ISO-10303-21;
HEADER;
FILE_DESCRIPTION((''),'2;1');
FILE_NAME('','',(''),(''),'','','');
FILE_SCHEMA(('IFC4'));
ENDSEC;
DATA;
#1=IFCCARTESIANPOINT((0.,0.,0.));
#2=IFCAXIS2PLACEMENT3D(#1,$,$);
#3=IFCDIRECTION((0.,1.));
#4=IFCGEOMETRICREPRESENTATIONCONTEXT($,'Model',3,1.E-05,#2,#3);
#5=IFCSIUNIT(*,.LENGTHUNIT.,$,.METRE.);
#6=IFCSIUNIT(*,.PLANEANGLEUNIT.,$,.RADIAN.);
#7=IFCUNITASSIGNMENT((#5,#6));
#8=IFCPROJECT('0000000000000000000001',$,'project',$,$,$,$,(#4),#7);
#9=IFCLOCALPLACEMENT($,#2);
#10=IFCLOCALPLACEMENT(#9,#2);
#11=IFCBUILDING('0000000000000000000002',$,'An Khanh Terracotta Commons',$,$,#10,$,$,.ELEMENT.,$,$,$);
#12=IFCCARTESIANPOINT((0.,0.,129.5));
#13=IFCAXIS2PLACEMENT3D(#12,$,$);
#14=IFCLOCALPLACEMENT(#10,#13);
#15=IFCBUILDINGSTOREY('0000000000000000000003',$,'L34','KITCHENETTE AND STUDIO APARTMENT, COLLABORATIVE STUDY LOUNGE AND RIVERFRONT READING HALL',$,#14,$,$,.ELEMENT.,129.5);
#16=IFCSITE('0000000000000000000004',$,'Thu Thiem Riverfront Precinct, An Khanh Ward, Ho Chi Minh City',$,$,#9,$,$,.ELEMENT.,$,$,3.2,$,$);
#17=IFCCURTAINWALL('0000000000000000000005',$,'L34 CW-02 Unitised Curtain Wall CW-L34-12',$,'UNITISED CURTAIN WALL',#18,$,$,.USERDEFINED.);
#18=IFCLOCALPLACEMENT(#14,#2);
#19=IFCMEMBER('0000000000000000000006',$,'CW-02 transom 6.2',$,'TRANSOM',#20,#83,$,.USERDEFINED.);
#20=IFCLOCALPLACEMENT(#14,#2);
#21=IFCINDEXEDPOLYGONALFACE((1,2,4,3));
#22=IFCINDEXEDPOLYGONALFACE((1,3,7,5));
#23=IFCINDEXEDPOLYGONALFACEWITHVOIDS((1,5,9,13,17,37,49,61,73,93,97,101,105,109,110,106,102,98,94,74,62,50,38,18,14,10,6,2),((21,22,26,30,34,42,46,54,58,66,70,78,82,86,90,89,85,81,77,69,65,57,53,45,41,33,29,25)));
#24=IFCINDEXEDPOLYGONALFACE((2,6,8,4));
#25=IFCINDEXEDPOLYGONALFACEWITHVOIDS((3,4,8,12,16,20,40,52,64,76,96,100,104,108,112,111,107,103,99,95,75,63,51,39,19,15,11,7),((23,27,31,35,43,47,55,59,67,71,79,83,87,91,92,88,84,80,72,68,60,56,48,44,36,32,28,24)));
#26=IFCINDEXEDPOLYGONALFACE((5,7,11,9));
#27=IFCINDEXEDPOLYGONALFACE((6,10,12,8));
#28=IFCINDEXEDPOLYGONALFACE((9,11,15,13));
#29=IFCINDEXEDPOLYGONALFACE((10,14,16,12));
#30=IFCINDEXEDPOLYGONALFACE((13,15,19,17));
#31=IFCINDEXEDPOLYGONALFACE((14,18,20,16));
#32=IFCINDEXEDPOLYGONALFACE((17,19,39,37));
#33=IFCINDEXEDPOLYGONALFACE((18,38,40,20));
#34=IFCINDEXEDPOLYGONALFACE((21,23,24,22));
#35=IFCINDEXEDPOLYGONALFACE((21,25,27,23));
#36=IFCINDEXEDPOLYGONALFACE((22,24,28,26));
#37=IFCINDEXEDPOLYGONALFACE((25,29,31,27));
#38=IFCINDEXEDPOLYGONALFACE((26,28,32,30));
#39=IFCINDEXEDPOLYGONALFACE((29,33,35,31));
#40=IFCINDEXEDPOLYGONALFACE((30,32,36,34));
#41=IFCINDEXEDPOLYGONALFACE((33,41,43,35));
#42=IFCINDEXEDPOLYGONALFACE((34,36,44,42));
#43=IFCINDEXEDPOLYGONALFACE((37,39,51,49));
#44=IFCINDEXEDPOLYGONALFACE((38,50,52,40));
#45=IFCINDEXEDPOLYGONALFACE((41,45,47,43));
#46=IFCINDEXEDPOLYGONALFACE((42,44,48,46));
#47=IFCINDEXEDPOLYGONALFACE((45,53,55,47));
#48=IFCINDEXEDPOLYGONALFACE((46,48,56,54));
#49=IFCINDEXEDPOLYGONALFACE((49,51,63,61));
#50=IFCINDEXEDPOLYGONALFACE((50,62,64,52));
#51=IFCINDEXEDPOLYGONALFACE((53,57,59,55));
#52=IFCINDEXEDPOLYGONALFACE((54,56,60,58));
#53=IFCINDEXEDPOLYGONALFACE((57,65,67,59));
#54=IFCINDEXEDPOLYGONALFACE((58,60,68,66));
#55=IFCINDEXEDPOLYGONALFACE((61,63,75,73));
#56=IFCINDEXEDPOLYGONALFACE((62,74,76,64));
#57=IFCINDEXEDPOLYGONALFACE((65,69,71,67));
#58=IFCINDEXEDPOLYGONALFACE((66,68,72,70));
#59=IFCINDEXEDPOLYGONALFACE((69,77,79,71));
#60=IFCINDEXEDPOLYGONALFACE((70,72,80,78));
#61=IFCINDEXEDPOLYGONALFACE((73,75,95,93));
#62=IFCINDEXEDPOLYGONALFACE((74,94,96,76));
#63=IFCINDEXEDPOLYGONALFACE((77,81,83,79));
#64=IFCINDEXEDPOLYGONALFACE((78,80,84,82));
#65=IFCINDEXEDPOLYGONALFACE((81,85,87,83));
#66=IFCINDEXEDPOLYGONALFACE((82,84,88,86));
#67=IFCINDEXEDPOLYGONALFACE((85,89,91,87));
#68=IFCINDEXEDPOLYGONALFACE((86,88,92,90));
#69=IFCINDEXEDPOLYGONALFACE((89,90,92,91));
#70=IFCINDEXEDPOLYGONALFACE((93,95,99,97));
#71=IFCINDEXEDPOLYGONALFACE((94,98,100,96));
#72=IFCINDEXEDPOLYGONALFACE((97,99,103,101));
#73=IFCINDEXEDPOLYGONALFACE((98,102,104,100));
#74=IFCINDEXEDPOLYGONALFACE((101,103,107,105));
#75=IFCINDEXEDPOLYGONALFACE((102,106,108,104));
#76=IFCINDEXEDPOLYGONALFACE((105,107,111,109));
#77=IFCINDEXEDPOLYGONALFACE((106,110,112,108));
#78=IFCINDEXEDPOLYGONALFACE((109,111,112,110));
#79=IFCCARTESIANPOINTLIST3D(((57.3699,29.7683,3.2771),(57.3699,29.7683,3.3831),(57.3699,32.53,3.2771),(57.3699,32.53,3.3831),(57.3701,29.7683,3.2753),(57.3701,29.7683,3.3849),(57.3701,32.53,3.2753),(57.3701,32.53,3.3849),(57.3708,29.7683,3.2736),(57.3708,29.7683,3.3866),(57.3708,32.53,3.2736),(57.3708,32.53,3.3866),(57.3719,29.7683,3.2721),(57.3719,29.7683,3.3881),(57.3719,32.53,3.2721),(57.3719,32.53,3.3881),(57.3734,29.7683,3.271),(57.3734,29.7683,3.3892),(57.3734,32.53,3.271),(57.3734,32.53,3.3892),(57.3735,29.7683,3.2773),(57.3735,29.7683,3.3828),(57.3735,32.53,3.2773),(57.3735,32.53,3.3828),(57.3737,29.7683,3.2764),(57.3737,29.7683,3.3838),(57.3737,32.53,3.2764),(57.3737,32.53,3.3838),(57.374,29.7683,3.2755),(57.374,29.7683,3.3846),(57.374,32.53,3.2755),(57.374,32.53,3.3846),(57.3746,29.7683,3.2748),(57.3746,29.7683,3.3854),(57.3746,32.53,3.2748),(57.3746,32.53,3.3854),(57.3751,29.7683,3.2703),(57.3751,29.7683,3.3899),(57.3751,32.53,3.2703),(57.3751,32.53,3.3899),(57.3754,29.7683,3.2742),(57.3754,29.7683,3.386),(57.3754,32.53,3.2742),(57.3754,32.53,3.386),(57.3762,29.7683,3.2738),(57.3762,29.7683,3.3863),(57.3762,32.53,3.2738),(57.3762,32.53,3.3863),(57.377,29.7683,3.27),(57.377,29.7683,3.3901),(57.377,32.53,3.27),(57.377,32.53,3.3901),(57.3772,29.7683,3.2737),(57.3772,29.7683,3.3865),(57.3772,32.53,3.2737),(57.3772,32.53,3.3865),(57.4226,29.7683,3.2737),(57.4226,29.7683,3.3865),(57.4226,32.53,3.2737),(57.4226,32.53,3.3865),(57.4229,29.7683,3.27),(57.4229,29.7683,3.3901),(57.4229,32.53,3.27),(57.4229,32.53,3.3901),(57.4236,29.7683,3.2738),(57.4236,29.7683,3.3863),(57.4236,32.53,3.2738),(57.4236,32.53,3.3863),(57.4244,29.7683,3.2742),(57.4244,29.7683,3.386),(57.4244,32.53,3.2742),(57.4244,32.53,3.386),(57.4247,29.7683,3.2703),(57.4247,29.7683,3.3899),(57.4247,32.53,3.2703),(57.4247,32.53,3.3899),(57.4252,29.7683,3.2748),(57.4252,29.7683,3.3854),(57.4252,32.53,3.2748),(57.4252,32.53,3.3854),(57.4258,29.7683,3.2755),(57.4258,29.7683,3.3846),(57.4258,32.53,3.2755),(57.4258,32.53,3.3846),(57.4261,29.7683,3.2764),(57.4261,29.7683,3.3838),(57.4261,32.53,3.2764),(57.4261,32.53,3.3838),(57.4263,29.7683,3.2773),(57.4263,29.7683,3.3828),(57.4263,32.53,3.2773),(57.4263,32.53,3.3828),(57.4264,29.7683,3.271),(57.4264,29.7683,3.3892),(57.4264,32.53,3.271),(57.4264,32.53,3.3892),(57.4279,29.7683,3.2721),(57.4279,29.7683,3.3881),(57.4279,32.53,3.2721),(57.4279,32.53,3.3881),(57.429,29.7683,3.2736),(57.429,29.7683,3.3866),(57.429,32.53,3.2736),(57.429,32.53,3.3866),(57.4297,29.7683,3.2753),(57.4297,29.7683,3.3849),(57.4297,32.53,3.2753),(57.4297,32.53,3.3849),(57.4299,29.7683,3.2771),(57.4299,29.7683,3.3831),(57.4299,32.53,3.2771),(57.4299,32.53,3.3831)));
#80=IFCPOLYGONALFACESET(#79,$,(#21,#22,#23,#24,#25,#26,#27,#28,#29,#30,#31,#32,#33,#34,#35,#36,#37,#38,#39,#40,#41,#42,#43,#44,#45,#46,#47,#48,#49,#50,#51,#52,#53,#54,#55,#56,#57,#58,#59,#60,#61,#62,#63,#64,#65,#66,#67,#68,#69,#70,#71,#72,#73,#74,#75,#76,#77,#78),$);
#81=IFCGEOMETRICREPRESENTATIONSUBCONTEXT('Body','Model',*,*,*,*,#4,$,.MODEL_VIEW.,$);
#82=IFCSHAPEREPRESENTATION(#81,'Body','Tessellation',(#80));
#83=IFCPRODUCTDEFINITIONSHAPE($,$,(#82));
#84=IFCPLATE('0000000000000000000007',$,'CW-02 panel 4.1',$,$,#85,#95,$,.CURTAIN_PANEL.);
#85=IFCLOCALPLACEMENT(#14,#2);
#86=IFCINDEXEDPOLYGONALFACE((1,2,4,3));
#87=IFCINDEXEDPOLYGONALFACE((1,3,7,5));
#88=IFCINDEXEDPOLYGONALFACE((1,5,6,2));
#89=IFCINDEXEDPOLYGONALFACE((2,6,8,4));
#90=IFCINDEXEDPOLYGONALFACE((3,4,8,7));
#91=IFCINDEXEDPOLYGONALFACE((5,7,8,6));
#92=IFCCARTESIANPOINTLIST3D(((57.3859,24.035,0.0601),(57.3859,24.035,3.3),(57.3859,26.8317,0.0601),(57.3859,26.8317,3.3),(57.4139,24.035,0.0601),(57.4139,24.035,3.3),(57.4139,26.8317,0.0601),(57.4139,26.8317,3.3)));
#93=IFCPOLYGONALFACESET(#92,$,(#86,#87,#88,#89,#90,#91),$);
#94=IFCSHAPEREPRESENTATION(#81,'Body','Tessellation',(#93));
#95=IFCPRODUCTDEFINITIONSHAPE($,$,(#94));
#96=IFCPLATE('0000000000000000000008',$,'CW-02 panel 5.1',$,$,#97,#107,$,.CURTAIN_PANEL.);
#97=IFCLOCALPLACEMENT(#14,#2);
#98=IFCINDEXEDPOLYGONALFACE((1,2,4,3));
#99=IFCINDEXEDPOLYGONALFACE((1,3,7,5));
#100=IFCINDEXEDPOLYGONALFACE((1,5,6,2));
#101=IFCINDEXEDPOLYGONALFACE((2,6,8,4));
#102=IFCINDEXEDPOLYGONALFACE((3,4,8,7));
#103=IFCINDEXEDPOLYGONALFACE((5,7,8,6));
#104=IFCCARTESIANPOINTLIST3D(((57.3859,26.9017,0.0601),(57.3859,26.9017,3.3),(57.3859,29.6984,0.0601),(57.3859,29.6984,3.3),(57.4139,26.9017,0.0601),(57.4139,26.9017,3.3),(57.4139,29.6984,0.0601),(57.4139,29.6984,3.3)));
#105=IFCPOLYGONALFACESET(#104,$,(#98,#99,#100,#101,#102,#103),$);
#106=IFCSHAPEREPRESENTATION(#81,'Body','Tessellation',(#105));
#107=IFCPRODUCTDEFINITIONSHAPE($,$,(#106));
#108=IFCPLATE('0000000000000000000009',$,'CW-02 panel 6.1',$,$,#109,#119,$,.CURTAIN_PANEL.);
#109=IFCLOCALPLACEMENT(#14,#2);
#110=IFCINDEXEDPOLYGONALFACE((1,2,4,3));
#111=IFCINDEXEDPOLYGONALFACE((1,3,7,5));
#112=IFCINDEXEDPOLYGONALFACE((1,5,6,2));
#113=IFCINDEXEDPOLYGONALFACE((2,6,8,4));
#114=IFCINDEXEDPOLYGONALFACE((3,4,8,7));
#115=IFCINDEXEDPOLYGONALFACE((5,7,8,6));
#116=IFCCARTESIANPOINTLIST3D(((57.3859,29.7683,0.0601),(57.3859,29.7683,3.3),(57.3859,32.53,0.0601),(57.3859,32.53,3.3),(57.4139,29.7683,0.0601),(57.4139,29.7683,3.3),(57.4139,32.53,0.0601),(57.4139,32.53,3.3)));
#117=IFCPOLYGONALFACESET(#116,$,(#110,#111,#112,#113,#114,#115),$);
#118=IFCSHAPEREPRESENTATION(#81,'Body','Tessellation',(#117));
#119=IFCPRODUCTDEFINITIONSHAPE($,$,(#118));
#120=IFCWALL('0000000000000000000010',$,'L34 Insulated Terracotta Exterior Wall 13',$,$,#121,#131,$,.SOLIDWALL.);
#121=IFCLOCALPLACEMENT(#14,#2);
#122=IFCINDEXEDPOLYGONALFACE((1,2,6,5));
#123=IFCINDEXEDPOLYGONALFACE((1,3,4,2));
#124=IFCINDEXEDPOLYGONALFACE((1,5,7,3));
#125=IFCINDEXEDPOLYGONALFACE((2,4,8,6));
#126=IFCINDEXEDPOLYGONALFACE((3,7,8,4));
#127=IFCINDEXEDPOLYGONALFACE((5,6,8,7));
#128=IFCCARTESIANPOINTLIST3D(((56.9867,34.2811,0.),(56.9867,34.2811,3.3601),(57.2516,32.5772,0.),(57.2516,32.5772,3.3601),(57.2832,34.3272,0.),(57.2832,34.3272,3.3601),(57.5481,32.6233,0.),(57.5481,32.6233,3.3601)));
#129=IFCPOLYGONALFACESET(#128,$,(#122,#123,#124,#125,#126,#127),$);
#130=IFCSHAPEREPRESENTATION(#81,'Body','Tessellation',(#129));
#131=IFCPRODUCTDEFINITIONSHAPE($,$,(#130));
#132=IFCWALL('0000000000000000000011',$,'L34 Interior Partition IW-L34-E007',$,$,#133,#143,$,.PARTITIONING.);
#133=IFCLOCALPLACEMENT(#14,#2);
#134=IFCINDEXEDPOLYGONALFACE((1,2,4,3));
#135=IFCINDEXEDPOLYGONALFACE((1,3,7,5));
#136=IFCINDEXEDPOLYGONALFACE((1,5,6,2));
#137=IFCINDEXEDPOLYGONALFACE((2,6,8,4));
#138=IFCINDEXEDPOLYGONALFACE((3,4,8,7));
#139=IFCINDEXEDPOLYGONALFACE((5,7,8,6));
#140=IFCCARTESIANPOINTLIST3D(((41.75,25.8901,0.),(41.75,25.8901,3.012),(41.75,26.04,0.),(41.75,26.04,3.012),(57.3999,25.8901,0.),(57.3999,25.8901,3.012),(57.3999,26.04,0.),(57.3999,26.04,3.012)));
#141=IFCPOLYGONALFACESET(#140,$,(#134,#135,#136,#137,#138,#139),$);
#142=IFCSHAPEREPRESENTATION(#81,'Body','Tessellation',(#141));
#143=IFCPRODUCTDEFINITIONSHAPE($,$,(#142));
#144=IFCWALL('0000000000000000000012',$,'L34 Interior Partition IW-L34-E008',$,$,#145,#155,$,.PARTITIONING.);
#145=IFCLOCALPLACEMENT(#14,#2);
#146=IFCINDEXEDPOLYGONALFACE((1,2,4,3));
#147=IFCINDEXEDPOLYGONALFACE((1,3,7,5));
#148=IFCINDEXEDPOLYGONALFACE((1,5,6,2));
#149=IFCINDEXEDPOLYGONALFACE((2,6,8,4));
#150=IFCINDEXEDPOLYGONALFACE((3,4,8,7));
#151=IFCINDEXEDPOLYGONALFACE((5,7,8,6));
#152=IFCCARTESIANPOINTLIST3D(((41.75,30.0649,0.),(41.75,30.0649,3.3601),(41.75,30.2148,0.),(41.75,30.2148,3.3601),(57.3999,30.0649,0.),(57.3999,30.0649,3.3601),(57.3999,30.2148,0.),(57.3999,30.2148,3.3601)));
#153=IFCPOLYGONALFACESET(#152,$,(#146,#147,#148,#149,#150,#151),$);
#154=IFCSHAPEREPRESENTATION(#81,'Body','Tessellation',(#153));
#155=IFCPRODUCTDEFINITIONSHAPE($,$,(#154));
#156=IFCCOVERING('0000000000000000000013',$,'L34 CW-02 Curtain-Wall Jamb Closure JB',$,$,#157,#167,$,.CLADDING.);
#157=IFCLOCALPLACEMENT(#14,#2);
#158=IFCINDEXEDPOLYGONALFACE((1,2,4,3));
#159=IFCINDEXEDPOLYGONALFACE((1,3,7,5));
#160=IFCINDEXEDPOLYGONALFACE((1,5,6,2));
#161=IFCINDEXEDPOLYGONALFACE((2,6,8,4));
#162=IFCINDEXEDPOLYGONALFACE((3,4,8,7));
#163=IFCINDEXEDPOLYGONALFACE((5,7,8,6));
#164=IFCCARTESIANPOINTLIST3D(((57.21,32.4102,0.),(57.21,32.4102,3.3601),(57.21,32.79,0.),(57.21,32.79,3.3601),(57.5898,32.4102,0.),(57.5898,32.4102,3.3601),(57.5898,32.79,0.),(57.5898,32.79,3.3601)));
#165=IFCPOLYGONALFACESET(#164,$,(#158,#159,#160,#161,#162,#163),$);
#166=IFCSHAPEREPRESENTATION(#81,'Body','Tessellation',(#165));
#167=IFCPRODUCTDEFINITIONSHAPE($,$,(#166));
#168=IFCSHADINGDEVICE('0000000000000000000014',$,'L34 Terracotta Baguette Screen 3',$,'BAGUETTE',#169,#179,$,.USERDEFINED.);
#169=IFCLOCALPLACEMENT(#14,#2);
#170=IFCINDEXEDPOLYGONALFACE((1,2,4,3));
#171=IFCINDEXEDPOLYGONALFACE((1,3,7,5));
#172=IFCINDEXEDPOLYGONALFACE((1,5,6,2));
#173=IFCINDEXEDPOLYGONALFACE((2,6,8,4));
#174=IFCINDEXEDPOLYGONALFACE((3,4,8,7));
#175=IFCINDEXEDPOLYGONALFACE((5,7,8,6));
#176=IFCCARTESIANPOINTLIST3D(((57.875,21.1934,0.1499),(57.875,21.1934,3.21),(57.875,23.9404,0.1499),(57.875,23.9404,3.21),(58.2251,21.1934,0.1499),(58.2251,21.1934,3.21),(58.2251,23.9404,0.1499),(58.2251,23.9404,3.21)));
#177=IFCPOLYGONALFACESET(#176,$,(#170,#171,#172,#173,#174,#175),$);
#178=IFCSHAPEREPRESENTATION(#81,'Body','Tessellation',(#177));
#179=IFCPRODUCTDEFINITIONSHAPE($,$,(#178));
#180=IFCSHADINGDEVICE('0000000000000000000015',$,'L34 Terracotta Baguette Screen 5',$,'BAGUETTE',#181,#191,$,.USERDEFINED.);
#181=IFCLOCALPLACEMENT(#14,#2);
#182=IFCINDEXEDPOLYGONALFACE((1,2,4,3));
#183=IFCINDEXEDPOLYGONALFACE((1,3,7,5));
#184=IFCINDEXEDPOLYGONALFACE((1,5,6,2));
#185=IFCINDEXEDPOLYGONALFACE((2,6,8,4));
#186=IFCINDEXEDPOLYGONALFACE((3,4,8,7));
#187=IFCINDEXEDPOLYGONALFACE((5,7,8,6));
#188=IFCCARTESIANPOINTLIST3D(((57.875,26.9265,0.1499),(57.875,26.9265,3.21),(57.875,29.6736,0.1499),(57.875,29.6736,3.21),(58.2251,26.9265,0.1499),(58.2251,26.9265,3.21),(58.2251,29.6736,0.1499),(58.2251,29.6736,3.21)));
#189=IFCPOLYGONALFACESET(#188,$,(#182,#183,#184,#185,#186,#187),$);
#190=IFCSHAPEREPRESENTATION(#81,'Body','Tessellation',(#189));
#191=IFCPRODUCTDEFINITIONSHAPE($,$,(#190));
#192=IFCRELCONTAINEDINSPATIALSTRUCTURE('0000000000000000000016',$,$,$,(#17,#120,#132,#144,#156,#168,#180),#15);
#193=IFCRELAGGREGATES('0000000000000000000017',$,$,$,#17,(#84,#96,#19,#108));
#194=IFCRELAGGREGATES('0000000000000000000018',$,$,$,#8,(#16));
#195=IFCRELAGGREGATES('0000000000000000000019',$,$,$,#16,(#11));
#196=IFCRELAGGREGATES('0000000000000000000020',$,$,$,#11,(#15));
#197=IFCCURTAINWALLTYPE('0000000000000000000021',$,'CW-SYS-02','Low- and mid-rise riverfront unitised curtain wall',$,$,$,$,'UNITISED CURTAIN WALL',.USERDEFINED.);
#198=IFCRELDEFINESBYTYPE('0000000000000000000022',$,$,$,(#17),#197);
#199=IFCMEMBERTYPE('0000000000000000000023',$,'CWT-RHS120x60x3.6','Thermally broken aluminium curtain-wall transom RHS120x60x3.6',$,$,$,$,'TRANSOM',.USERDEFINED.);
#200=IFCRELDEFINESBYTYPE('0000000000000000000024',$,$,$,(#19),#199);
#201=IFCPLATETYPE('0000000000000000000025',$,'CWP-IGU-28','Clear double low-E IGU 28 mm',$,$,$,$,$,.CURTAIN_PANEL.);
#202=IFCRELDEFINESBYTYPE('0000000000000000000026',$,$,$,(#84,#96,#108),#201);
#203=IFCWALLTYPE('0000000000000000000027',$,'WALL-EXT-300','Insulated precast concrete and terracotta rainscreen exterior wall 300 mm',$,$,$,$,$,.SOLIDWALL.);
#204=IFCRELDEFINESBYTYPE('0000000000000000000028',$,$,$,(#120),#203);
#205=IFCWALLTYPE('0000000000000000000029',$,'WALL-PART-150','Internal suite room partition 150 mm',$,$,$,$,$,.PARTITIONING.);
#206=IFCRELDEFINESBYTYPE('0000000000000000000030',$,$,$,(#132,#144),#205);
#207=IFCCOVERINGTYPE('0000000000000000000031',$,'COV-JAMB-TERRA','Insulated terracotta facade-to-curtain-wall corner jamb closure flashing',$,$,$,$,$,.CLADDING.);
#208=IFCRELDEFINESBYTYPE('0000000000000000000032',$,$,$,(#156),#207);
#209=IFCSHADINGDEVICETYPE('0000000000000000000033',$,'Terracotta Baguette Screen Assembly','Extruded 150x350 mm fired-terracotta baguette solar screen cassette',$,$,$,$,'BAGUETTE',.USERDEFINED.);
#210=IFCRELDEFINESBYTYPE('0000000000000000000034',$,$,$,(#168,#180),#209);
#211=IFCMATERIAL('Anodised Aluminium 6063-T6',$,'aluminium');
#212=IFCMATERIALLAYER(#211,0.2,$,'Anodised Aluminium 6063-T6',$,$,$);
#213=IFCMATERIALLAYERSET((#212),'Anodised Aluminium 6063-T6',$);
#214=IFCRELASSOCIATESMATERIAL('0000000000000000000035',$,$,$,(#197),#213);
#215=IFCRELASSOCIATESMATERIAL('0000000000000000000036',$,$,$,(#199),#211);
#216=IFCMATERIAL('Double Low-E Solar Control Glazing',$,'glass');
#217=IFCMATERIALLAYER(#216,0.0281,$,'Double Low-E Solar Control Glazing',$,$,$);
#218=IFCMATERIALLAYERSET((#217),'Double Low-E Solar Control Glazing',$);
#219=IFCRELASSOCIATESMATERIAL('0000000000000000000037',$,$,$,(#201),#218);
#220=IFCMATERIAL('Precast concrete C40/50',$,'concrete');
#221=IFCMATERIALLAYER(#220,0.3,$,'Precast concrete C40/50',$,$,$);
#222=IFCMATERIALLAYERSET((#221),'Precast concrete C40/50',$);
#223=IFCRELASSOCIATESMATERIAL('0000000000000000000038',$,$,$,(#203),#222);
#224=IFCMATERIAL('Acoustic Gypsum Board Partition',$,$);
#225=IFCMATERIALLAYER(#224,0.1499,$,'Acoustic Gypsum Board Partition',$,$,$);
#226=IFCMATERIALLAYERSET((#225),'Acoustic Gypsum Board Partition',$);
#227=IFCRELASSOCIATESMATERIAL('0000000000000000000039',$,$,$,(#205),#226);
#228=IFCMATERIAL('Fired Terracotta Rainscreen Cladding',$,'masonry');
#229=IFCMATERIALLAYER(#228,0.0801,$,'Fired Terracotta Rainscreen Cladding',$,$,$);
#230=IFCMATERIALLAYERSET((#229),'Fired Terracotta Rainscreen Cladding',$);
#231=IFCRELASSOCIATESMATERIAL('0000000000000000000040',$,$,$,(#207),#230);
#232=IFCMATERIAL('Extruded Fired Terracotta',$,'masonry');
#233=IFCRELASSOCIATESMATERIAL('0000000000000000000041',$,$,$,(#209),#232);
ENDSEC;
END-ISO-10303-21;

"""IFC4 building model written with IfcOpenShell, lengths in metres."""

from ifc_helpers import new_model, si_unit, direction, frame, frame_2d, origin, origin_2d, place, context, subcontext, project, spatial, rectangle, hollow_rectangle, extrude, material, layer, layer_set, material_profile, profile_set, type_object, element, aggregate, save


model = new_model("IFC4")

# Units and contexts
model_context = context("Model", 3, precision=1e-05, world=origin(), true_north=direction((0.0, 1.0)))
body_context = subcontext(model_context, "Body", "Model", "MODEL_VIEW")
ifc_project = project(units=[si_unit("LENGTHUNIT", "METRE"), si_unit("PLANEANGLEUNIT", "RADIAN")], contexts=[model_context])

# Site, building, storey
site_placement = place(None, origin())
site = spatial("IfcSite", under=ifc_project, at=site_placement, Name="Thu Thiem Riverfront Precinct, An Khanh Ward, Ho Chi Minh City", CompositionType="ELEMENT", RefElevation=3.2)
building_placement = place(site_placement, origin())
building = spatial("IfcBuilding", under=site, at=building_placement, Name="An Khanh Terracotta Commons", CompositionType="ELEMENT")
storey_placement = place(building_placement, frame((0.0, 0.0, 129.5)))
storey = spatial("IfcBuildingStorey", under=building, at=storey_placement, Name="L34", Description="KITCHENETTE AND STUDIO APARTMENT, COLLABORATIVE STUDY LOUNGE AND RIVERFRONT READING HALL", CompositionType="ELEMENT", Elevation=129.5)

# Curtain wall, member, plates
ifc_material_1 = material(Name="Anodised Aluminium 6063-T6", Category="aluminium")
ifc_layer_1 = layer(ifc_material_1, 0.2, Name="Anodised Aluminium 6063-T6")
ifc_layer_set_1 = layer_set([ifc_layer_1], Name="Anodised Aluminium 6063-T6")
curtain_wall_type = type_object("IfcCurtainWallType", Name="CW-SYS-02", Description="Low- and mid-rise riverfront unitised curtain wall", ElementType="UNITISED CURTAIN WALL", PredefinedType="USERDEFINED", material=ifc_layer_set_1)
curtain_wall_placement = place(storey_placement, origin())
curtain_wall = element("IfcCurtainWall", 1, at=curtain_wall_placement, inside=storey, type_object=curtain_wall_type, Name="L34 CW-02 Unitised Curtain Wall CW-L34-12", ObjectType="UNITISED CURTAIN WALL", PredefinedType="USERDEFINED")
ifc_material_profile_1 = material_profile(ifc_material_1, hollow_rectangle(XDim=0.0601, YDim=0.1201, WallThickness=0.0037, InnerFilletRadius=0.0037, OuterFilletRadius=0.0071, at=origin_2d()), Name="RHS120x60x3.6")
ifc_profile_set_1 = profile_set([ifc_material_profile_1], Name="Anodised Aluminium 6063-T6")
member_type_1 = type_object("IfcMemberType", Name="CWT-RHS120x60x3.6", Description="Thermally broken aluminium curtain-wall transom RHS120x60x3.6", ElementType="TRANSOM", PredefinedType="USERDEFINED", material=ifc_profile_set_1)
member_1_placement = place(storey_placement, frame((57.3999, 29.7683, 3.3301), z_axis=(0.0, 1.0, 0.0), x_axis=(-1.0, 0.0, 0.0)))
member_1 = element("IfcMember", 2, at=member_1_placement, type_object=member_type_1, Name="CW-02 transom 6.2", ObjectType="TRANSOM", PredefinedType="USERDEFINED", context=body_context, shape_type="SweptSolid", body=[
    extrude(hollow_rectangle(XDim=0.0601, YDim=0.1201, WallThickness=0.0037, InnerFilletRadius=0.0037, OuterFilletRadius=0.0071, at=origin_2d()), origin(), (0.0, 0.0, 1.0), 2.7617),
])
ifc_material_2 = material(Name="Double Low-E Solar Control Glazing", Category="glass")
ifc_layer_2 = layer(ifc_material_2, 0.0281, Name="Double Low-E Solar Control Glazing")
ifc_layer_set_2 = layer_set([ifc_layer_2], Name="Double Low-E Solar Control Glazing")
plate_type = type_object("IfcPlateType", Name="CWP-IGU-28", Description="Clear double low-E IGU 28 mm", PredefinedType="CURTAIN_PANEL", material=ifc_layer_set_2)
plate_1_placement = place(storey_placement, frame((57.3999, 25.4333, 0.0601), z_axis=(0.0, 0.0, 1.0), x_axis=(0.0, 1.0, 0.0)))
plate_1 = element("IfcPlate", 3, at=plate_1_placement, type_object=plate_type, Name="CW-02 panel 4.1", PredefinedType="CURTAIN_PANEL", context=body_context, shape_type="SweptSolid", body=[
    extrude(rectangle(XDim=2.7966, YDim=0.0281, at=origin_2d()), origin(), (0.0, 0.0, 1.0), 3.24),
])
plate_2_placement = place(storey_placement, frame((57.3999, 28.3, 0.0601), z_axis=(0.0, 0.0, 1.0), x_axis=(0.0, 1.0, 0.0)))
plate_2 = element("IfcPlate", 4, at=plate_2_placement, type_object=plate_type, Name="CW-02 panel 5.1", PredefinedType="CURTAIN_PANEL", context=body_context, shape_type="SweptSolid", body=[
    extrude(rectangle(XDim=2.7966, YDim=0.0281, at=origin_2d()), origin(), (0.0, 0.0, 1.0), 3.24),
])
plate_3_placement = place(storey_placement, frame((57.3999, 31.1492, 0.0601), z_axis=(0.0, 0.0, 1.0), x_axis=(0.0, 1.0, 0.0)))
plate_3 = element("IfcPlate", 5, at=plate_3_placement, type_object=plate_type, Name="CW-02 panel 6.1", PredefinedType="CURTAIN_PANEL", context=body_context, shape_type="SweptSolid", body=[
    extrude(rectangle(XDim=2.7617, YDim=0.0281, at=origin_2d()), origin(), (0.0, 0.0, 1.0), 3.24),
])
aggregate(curtain_wall, [plate_1, plate_2, member_1, plate_3])

# Walls
ifc_material_3 = material(Name="Precast concrete C40/50", Category="concrete")
ifc_layer_3 = layer(ifc_material_3, 0.3, Name="Precast concrete C40/50")
ifc_layer_set_3 = layer_set([ifc_layer_3], Name="Precast concrete C40/50")
wall_type_1 = type_object("IfcWallType", Name="WALL-EXT-300", Description="Insulated precast concrete and terracotta rainscreen exterior wall 300 mm", PredefinedType="SOLIDWALL", material=ifc_layer_set_3)
wall_1_placement = place(storey_placement, frame((57.3999, 32.6001, 0.0), z_axis=(0.0, 0.0, 1.0), x_axis=(-0.153621, 0.98813, 0.0)))
element("IfcWall", 6, at=wall_1_placement, inside=storey, type_object=wall_type_1, Name="L34 Insulated Terracotta Exterior Wall 13", PredefinedType="SOLIDWALL", context=body_context, shape_type="SweptSolid", body=[
    extrude(rectangle(XDim=1.7244, YDim=0.3, at=frame_2d((0.8623, 0.0))), origin(), (0.0, 0.0, 1.0), 3.3601),
])
ifc_material_4 = material(Name="Acoustic Gypsum Board Partition")
ifc_layer_4 = layer(ifc_material_4, 0.1499, Name="Acoustic Gypsum Board Partition")
ifc_layer_set_4 = layer_set([ifc_layer_4], Name="Acoustic Gypsum Board Partition")
wall_type_2 = type_object("IfcWallType", Name="WALL-PART-150", Description="Internal suite room partition 150 mm", PredefinedType="PARTITIONING", material=ifc_layer_set_4)
wall_2_placement = place(storey_placement, frame((41.75, 25.9651, 0.0), z_axis=(0.0, 0.0, 1.0), x_axis=(1.0, 0.0, 0.0)))
element("IfcWall", 7, at=wall_2_placement, inside=storey, type_object=wall_type_2, Name="L34 Interior Partition IW-L34-E007", PredefinedType="PARTITIONING", context=body_context, shape_type="SweptSolid", body=[
    extrude(rectangle(XDim=15.6499, YDim=0.1499, at=frame_2d((7.825, 0.0))), origin(), (0.0, 0.0, 1.0), 3.012),
])
wall_3_placement = place(storey_placement, frame((41.75, 30.1399, 0.0), z_axis=(0.0, 0.0, 1.0), x_axis=(1.0, 0.0, 0.0)))
element("IfcWall", 8, at=wall_3_placement, inside=storey, type_object=wall_type_2, Name="L34 Interior Partition IW-L34-E008", PredefinedType="PARTITIONING", context=body_context, shape_type="SweptSolid", body=[
    extrude(rectangle(XDim=15.6499, YDim=0.1499, at=frame_2d((7.825, 0.0))), origin(), (0.0, 0.0, 1.0), 3.3601),
])

# Covering
ifc_material_5 = material(Name="Fired Terracotta Rainscreen Cladding", Category="masonry")
ifc_layer_5 = layer(ifc_material_5, 0.0801, Name="Fired Terracotta Rainscreen Cladding")
ifc_layer_set_5 = layer_set([ifc_layer_5], Name="Fired Terracotta Rainscreen Cladding")
covering_type = type_object("IfcCoveringType", Name="COV-JAMB-TERRA", Description="Insulated terracotta facade-to-curtain-wall corner jamb closure flashing", PredefinedType="CLADDING", material=ifc_layer_set_5)
covering_placement = place(storey_placement, frame((57.3999, 32.6001, 0.0), z_axis=(0.0, 0.0, 1.0), x_axis=(1.0, 0.0, 0.0)))
element("IfcCovering", 9, at=covering_placement, inside=storey, type_object=covering_type, Name="L34 CW-02 Curtain-Wall Jamb Closure JB", PredefinedType="CLADDING", context=body_context, shape_type="SweptSolid", body=[
    extrude(rectangle(XDim=0.3799, YDim=0.3799, at=origin_2d()), origin(), (0.0, 0.0, 1.0), 3.3601),
])

# Shading devices
ifc_material_6 = material(Name="Extruded Fired Terracotta", Category="masonry")
shading_device_type = type_object("IfcShadingDeviceType", Name="Terracotta Baguette Screen Assembly", Description="Extruded 150x350 mm fired-terracotta baguette solar screen cassette", ElementType="BAGUETTE", PredefinedType="USERDEFINED", material=ifc_material_6)
for number, where, z_axis, x_axis, name in (
    (10, (58.05, 22.5669, 0.1499), (0.0, 0.0, 1.0), (0.0, 1.0, 0.0), "L34 Terracotta Baguette Screen 3"),
    (11, (58.05, 28.3, 0.1499), (0.0, 0.0, 1.0), (0.0, 1.0, 0.0), "L34 Terracotta Baguette Screen 5"),
):
    element("IfcShadingDevice", number, at=place(storey_placement, frame(where, z_axis=z_axis, x_axis=x_axis)), inside=storey, type_object=shading_device_type, Name=name, ObjectType="BAGUETTE", PredefinedType="USERDEFINED", context=body_context, shape_type="SweptSolid", body=[
        extrude(rectangle(XDim=2.7471, YDim=0.3501, at=origin_2d()), origin(), (0.0, 0.0, 1.0), 3.0601),
    ])

save(model, "model.ifc")
